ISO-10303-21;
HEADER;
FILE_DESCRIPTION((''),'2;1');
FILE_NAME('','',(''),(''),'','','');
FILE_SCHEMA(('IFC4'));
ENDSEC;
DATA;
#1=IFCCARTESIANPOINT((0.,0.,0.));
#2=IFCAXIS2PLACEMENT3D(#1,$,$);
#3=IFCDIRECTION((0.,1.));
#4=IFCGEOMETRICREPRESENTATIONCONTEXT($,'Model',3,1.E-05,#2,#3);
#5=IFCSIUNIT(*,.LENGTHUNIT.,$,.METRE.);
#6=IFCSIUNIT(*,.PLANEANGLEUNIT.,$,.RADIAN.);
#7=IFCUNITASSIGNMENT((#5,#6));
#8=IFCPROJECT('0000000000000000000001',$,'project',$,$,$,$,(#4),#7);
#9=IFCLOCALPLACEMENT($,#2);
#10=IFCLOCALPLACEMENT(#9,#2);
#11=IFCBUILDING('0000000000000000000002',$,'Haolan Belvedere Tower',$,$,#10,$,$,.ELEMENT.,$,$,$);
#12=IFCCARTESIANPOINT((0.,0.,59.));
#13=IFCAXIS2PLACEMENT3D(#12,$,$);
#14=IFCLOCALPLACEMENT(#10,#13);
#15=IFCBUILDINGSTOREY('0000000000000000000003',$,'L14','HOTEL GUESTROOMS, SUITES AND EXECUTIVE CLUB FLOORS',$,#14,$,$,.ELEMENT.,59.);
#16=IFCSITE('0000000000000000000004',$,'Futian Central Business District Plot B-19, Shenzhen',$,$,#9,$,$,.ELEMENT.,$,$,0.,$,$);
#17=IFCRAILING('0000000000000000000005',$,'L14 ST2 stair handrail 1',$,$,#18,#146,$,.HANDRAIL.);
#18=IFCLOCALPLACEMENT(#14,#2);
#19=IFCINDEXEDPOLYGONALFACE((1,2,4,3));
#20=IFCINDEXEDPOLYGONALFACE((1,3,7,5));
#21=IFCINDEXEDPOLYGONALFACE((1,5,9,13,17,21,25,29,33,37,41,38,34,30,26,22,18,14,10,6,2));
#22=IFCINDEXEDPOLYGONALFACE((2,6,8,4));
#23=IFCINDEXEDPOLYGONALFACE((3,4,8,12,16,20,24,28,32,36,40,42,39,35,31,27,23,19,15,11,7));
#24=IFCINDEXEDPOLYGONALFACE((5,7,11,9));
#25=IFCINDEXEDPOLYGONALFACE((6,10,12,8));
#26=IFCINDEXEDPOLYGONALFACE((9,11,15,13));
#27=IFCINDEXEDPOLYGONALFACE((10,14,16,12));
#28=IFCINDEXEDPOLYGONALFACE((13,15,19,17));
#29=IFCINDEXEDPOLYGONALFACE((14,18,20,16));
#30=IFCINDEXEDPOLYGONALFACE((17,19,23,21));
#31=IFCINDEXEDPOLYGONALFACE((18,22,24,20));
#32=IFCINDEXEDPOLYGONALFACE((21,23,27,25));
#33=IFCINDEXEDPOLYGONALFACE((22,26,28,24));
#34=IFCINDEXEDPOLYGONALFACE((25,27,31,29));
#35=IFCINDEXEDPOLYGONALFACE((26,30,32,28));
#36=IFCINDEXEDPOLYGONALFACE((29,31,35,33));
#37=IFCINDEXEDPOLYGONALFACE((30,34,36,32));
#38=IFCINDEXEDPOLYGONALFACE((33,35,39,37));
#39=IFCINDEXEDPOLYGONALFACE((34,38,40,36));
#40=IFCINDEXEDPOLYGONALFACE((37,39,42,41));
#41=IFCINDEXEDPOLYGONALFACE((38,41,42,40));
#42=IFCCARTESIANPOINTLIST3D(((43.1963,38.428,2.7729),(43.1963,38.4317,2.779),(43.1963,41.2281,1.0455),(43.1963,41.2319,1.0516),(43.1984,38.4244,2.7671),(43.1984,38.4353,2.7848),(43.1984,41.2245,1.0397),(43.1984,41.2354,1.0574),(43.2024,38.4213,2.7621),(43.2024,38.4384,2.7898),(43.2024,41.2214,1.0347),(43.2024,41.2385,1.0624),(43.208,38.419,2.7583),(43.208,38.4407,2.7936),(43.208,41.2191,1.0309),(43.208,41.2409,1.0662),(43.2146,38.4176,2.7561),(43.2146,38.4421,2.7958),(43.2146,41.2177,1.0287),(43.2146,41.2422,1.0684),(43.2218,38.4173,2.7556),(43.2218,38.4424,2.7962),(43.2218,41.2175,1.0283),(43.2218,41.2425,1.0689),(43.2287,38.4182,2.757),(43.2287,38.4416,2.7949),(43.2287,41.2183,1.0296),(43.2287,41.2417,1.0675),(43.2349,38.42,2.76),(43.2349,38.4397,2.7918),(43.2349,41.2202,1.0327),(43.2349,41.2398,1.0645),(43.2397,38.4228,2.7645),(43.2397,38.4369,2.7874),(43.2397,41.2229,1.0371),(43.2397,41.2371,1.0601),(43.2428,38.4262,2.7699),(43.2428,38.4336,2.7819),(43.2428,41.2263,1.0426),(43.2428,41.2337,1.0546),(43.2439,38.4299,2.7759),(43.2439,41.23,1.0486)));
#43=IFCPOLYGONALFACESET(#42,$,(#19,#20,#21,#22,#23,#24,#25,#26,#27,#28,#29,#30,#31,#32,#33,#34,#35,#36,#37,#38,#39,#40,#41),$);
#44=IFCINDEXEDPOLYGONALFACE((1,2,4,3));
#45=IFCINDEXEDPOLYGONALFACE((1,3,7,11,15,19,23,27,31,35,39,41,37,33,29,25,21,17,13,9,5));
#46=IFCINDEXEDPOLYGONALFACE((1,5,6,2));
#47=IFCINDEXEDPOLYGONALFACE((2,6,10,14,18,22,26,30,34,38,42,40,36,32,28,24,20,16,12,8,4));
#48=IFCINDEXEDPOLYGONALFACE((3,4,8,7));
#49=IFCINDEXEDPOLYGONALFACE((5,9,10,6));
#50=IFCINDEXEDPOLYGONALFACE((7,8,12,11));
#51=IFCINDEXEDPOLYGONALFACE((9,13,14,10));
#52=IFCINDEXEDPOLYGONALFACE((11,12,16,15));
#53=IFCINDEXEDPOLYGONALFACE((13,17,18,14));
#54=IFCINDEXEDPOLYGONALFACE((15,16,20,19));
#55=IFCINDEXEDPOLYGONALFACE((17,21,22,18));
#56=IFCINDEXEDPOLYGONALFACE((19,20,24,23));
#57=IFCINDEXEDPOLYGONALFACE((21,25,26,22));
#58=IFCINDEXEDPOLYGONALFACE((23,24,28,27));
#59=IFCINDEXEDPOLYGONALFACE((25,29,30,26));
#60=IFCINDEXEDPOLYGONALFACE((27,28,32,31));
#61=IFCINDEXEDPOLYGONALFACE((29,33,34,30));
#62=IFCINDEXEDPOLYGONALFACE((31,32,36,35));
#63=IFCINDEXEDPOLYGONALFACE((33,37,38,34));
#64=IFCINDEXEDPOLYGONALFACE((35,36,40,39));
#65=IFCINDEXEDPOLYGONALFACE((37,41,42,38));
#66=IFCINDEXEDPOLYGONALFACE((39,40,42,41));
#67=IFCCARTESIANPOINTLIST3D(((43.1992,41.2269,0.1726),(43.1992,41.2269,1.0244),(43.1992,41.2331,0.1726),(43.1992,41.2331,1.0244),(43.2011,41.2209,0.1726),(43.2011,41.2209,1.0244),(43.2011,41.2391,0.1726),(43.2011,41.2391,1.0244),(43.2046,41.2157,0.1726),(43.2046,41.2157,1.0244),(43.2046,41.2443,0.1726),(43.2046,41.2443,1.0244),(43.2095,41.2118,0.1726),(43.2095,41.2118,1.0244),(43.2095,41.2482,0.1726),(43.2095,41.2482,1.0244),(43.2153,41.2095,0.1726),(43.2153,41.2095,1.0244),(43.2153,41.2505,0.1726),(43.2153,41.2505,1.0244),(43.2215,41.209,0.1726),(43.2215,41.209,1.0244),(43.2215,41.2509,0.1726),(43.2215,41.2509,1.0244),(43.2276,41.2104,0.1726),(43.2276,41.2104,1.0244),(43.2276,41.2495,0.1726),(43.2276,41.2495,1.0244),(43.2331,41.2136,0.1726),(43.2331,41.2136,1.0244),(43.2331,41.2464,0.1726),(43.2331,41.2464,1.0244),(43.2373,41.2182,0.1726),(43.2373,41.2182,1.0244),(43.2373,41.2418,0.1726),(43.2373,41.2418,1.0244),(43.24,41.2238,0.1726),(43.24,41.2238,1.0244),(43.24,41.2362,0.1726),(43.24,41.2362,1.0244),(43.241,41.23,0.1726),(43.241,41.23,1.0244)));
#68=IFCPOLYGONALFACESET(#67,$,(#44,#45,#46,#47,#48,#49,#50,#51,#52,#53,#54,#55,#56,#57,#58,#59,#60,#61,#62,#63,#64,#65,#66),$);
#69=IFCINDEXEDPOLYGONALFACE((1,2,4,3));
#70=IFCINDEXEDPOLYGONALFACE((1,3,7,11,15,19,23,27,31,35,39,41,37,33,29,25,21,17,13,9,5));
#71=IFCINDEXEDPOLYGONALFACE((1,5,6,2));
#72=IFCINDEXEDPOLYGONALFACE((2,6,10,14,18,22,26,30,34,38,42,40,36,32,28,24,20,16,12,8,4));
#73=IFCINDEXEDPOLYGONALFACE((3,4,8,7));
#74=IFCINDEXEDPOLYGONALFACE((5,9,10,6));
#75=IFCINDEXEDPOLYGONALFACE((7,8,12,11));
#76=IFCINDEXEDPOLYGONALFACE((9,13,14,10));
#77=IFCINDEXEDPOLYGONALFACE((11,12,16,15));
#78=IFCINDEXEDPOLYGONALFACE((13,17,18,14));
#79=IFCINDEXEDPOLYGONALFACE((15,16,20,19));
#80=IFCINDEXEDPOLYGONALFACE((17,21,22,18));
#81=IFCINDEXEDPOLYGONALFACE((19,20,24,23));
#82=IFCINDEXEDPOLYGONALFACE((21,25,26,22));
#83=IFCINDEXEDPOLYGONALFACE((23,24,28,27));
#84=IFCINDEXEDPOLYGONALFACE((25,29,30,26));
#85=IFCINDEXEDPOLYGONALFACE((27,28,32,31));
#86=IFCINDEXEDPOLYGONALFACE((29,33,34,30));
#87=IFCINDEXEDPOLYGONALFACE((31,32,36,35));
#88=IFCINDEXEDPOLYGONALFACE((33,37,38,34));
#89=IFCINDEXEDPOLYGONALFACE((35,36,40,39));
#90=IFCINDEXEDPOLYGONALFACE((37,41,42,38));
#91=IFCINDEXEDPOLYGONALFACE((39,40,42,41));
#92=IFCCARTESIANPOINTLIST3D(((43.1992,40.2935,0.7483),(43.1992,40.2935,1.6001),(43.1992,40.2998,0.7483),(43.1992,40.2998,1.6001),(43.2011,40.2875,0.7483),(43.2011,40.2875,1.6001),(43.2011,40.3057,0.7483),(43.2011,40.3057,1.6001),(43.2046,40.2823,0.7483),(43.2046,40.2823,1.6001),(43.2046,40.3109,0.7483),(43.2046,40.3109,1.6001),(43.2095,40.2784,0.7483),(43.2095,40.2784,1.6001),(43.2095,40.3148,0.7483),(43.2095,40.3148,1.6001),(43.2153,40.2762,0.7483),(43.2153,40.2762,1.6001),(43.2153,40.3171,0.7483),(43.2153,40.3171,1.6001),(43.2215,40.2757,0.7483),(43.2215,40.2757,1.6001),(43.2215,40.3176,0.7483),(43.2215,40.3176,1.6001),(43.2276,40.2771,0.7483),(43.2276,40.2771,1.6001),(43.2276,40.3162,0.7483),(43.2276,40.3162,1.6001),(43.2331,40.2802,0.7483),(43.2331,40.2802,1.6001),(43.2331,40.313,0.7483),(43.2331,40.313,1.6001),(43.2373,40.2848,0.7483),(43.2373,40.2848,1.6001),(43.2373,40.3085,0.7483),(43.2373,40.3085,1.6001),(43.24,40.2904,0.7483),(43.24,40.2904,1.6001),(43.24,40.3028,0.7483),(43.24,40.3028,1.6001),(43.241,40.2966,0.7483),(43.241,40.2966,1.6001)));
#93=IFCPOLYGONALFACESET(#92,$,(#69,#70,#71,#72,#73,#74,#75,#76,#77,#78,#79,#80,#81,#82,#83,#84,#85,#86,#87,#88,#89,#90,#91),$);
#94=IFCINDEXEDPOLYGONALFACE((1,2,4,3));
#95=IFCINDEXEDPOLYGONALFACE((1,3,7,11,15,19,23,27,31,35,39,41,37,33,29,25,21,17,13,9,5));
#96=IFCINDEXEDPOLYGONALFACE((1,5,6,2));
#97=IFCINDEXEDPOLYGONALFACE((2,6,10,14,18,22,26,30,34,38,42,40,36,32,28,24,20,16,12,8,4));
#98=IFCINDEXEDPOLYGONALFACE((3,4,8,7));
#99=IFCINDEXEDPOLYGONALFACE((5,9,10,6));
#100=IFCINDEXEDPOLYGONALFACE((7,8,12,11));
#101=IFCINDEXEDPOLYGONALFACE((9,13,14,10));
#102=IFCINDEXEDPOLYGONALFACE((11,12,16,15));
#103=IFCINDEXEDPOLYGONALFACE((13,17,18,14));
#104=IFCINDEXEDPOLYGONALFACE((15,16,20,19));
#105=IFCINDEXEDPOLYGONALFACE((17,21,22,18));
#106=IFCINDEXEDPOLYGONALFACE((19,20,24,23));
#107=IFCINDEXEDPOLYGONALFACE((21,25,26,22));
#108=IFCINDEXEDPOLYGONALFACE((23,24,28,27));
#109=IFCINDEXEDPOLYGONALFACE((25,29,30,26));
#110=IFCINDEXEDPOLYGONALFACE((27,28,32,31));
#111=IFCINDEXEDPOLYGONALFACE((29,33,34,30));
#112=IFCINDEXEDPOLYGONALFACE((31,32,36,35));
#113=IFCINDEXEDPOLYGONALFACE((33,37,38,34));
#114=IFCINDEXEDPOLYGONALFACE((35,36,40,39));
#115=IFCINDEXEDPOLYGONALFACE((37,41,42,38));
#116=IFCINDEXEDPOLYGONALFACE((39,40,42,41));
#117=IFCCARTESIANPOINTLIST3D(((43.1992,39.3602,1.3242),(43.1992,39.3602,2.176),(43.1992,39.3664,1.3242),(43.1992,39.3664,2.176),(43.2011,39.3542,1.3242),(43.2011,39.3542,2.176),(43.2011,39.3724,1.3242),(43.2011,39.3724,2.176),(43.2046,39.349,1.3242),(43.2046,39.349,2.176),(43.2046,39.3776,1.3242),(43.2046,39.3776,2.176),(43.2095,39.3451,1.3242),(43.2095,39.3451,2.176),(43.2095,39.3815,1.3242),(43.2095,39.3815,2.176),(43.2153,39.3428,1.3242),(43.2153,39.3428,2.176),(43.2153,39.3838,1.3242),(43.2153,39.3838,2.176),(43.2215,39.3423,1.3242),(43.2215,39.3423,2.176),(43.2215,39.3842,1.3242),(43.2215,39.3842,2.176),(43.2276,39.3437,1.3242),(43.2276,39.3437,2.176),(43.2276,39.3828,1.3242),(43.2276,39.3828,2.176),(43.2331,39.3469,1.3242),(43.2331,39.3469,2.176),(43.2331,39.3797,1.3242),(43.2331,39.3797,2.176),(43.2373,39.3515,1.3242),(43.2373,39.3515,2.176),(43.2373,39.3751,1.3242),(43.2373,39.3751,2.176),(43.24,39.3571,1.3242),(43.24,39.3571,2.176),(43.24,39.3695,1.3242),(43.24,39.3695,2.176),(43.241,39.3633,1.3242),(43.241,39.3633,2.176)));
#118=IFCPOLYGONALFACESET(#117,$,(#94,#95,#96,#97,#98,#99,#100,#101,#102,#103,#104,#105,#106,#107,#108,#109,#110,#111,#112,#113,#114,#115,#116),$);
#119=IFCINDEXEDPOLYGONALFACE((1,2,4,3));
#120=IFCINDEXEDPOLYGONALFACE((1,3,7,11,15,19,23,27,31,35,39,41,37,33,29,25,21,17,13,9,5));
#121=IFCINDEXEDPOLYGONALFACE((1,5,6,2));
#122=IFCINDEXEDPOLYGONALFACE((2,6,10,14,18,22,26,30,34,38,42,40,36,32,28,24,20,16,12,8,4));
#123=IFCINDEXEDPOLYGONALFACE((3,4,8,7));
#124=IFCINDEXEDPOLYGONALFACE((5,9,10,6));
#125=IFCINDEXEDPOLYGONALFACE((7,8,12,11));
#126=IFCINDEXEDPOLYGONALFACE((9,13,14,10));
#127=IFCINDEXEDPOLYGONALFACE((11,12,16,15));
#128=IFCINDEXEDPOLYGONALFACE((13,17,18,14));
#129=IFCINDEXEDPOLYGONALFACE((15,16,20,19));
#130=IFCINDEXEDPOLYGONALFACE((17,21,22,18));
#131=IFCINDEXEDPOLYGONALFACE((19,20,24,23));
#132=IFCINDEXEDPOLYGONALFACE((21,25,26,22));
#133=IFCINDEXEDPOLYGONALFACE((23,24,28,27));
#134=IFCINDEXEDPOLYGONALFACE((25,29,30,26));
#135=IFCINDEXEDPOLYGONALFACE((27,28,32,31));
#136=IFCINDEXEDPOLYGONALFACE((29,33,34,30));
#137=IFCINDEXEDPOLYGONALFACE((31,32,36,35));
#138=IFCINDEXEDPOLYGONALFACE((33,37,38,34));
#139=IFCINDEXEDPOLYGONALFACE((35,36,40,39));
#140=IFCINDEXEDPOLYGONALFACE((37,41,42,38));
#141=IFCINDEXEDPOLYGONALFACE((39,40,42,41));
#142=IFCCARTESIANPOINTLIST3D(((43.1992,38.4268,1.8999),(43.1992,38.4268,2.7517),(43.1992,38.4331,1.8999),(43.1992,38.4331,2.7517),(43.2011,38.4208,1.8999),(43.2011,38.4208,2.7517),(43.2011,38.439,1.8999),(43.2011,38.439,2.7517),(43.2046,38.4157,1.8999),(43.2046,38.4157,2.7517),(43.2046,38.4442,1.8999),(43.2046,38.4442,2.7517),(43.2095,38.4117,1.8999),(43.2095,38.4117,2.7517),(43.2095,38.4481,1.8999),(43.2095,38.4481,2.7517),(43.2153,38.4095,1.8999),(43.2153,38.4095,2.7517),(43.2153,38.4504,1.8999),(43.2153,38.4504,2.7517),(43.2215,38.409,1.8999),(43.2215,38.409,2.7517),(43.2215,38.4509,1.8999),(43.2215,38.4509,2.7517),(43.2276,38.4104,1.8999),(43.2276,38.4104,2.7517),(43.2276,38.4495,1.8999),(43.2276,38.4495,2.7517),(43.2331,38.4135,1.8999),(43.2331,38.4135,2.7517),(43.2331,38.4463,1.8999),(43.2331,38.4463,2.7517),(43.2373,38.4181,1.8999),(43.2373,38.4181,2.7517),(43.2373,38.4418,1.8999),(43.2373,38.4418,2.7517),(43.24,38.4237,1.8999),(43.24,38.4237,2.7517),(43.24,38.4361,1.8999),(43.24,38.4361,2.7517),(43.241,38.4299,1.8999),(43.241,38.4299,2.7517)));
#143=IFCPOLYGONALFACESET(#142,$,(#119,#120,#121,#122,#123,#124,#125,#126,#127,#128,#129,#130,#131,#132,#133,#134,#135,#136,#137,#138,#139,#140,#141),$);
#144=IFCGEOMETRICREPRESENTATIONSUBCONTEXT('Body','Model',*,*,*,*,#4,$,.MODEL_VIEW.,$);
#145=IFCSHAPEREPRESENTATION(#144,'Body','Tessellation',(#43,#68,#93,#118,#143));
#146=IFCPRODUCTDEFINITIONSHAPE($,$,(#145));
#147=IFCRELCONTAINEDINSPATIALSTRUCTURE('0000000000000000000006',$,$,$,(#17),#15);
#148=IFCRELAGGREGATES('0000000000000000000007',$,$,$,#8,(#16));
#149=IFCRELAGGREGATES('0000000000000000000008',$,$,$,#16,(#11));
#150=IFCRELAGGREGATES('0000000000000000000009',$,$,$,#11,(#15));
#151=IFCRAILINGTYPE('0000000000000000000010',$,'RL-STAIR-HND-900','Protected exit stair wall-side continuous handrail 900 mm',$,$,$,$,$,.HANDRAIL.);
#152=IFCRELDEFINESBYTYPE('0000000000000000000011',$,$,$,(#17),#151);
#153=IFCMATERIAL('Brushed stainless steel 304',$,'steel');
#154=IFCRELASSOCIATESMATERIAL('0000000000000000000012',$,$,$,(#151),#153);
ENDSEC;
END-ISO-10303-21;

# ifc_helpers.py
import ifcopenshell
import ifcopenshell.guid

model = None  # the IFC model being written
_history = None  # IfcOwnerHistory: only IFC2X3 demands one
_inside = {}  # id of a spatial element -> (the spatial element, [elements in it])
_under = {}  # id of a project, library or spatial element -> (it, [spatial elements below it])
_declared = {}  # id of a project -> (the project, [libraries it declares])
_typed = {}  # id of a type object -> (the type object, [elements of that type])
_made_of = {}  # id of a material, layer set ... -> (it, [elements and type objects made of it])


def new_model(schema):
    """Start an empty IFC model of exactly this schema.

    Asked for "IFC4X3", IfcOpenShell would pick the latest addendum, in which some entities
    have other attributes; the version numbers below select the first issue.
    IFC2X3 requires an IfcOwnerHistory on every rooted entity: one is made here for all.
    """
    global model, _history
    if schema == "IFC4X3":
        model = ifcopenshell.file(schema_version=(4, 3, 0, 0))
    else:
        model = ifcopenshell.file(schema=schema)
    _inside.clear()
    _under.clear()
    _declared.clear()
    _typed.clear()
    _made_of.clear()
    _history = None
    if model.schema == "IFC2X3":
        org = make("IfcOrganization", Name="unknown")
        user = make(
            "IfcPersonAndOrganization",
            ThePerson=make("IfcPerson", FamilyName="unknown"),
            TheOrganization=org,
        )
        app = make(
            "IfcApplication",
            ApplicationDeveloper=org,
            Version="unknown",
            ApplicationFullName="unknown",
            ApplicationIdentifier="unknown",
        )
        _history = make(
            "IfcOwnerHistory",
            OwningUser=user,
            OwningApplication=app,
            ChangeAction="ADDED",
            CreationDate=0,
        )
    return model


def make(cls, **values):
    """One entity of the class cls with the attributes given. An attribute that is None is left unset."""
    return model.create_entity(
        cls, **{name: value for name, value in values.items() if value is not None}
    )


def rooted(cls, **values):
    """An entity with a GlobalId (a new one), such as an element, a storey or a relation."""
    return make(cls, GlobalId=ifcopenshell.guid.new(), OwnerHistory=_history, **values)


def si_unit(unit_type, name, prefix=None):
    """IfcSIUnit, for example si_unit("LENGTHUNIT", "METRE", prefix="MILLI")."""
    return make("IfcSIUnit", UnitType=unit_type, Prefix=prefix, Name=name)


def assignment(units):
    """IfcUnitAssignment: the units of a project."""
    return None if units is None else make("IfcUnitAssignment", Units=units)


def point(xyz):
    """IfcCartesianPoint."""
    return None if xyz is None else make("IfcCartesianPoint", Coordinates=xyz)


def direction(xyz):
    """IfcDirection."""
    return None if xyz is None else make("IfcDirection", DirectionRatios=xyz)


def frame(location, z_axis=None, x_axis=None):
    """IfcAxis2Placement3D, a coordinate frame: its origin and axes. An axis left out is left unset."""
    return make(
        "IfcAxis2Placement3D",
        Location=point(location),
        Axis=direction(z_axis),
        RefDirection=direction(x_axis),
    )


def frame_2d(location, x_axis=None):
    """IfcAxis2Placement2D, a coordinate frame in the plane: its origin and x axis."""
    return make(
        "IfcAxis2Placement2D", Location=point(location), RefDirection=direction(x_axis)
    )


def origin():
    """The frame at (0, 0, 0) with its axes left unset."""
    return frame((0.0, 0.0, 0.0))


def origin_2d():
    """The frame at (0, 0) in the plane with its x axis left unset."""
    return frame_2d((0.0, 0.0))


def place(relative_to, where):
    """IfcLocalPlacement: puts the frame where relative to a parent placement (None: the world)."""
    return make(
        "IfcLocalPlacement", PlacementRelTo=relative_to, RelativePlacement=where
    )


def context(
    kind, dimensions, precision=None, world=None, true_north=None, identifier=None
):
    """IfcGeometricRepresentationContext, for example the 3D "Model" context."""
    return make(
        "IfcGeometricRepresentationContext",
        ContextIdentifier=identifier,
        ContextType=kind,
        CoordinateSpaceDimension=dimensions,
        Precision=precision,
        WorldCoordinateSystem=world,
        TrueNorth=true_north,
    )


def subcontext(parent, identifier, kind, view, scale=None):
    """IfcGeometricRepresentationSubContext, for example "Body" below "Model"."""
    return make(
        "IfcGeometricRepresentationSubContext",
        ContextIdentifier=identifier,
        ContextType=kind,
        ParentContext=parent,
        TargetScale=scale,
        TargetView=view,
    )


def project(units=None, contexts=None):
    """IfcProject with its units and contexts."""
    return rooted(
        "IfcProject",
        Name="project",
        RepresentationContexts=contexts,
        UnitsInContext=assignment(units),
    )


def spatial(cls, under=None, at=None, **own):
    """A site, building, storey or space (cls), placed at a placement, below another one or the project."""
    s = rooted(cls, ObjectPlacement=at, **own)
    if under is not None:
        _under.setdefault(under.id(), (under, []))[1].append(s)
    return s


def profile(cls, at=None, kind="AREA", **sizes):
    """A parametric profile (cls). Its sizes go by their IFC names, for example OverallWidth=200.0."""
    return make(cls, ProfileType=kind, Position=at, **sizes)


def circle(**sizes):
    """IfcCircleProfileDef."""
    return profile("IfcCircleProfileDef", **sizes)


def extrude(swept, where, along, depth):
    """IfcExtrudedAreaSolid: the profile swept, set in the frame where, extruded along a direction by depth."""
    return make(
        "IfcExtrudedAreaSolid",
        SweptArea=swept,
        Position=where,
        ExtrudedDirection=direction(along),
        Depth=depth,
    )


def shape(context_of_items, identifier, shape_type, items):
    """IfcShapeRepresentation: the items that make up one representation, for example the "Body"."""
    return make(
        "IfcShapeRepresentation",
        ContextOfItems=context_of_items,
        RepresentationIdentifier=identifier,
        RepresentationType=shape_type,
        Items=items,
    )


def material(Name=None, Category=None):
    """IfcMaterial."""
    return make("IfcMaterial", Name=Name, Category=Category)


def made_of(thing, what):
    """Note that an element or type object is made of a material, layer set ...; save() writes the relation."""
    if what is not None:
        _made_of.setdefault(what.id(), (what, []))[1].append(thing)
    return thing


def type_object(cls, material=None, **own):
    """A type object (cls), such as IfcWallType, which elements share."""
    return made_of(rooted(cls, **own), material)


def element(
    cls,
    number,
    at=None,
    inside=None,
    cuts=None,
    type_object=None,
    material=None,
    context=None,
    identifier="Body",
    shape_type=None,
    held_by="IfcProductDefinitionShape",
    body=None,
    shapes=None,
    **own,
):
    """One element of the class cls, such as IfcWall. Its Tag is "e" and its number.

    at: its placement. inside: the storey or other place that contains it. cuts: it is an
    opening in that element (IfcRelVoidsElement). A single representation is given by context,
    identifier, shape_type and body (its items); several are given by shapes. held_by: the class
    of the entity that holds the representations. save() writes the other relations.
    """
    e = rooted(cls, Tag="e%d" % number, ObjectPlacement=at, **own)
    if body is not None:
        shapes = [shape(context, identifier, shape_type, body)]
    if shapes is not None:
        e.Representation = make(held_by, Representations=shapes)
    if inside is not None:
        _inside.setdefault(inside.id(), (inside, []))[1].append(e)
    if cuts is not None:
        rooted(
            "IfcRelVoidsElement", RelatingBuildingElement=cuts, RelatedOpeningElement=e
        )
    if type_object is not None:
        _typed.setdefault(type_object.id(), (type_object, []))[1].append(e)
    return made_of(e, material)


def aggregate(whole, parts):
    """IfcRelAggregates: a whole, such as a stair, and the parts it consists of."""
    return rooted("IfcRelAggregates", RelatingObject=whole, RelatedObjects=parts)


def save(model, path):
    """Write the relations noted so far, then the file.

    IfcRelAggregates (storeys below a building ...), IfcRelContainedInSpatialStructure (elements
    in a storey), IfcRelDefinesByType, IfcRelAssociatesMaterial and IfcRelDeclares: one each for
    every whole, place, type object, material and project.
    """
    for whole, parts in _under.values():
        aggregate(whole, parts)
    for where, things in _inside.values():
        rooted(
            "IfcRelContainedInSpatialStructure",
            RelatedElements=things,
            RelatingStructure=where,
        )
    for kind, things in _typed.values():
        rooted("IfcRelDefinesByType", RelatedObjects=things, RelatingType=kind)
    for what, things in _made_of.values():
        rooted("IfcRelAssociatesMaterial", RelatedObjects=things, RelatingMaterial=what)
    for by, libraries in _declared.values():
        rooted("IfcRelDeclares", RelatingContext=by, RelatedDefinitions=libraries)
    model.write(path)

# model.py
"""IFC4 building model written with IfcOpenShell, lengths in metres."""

from ifc_helpers import new_model, si_unit, direction, frame, origin, origin_2d, place, context, subcontext, project, spatial, circle, extrude, material, type_object, element, save


model = new_model("IFC4")

# Units and contexts
model_context = context("Model", 3, precision=1e-05, world=origin(), true_north=direction((0.0, 1.0)))
body_context = subcontext(model_context, "Body", "Model", "MODEL_VIEW")
ifc_project = project(units=[si_unit("LENGTHUNIT", "METRE"), si_unit("PLANEANGLEUNIT", "RADIAN")], contexts=[model_context])

# Site, building, storey
site_placement = place(None, origin())
site = spatial("IfcSite", under=ifc_project, at=site_placement, Name="Futian Central Business District Plot B-19, Shenzhen", CompositionType="ELEMENT", RefElevation=0.0)
building_placement = place(site_placement, origin())
building = spatial("IfcBuilding", under=site, at=building_placement, Name="Haolan Belvedere Tower", CompositionType="ELEMENT")
storey_placement = place(building_placement, frame((0.0, 0.0, 59.0)))
storey = spatial("IfcBuildingStorey", under=building, at=storey_placement, Name="L14", Description="HOTEL GUESTROOMS, SUITES AND EXECUTIVE CLUB FLOORS", CompositionType="ELEMENT", Elevation=59.0)

# Railing
ifc_material_1 = material(Name="Brushed stainless steel 304", Category="steel")
railing_type_1 = type_object("IfcRailingType", Name="RL-STAIR-HND-900", Description="Protected exit stair wall-side continuous handrail 900 mm", PredefinedType="HANDRAIL", material=ifc_material_1)
railing_1_placement = place(storey_placement, frame((43.22, 41.23, 0.1726)))
element("IfcRailing", 1, at=railing_1_placement, inside=storey, type_object=railing_type_1, Name="L14 ST2 stair handrail 1", PredefinedType="HANDRAIL", context=body_context, shape_type="SweptSolid", body=[
    extrude(circle(Radius=0.0239, at=origin_2d()), frame((0.0, 0.0, 0.876), z_axis=(0.0, -0.85109, 0.52502), x_axis=(1.0, 0.0, 0.0)), (0.0, 0.0, 1.0), 3.29),
    extrude(circle(Radius=0.021, at=origin_2d()), origin(), (0.0, 0.0, 1.0), 0.8518),
    extrude(circle(Radius=0.021, at=origin_2d()), frame((0.0, -0.9333, 0.5757)), (0.0, 0.0, 1.0), 0.8518),
    extrude(circle(Radius=0.021, at=origin_2d()), frame((0.0, -1.8667, 1.1516)), (0.0, 0.0, 1.0), 0.8518),
    extrude(circle(Radius=0.021, at=origin_2d()), frame((0.0, -2.8, 1.7273)), (0.0, 0.0, 1.0), 0.8518),
])

save(model, "model.ifc")
